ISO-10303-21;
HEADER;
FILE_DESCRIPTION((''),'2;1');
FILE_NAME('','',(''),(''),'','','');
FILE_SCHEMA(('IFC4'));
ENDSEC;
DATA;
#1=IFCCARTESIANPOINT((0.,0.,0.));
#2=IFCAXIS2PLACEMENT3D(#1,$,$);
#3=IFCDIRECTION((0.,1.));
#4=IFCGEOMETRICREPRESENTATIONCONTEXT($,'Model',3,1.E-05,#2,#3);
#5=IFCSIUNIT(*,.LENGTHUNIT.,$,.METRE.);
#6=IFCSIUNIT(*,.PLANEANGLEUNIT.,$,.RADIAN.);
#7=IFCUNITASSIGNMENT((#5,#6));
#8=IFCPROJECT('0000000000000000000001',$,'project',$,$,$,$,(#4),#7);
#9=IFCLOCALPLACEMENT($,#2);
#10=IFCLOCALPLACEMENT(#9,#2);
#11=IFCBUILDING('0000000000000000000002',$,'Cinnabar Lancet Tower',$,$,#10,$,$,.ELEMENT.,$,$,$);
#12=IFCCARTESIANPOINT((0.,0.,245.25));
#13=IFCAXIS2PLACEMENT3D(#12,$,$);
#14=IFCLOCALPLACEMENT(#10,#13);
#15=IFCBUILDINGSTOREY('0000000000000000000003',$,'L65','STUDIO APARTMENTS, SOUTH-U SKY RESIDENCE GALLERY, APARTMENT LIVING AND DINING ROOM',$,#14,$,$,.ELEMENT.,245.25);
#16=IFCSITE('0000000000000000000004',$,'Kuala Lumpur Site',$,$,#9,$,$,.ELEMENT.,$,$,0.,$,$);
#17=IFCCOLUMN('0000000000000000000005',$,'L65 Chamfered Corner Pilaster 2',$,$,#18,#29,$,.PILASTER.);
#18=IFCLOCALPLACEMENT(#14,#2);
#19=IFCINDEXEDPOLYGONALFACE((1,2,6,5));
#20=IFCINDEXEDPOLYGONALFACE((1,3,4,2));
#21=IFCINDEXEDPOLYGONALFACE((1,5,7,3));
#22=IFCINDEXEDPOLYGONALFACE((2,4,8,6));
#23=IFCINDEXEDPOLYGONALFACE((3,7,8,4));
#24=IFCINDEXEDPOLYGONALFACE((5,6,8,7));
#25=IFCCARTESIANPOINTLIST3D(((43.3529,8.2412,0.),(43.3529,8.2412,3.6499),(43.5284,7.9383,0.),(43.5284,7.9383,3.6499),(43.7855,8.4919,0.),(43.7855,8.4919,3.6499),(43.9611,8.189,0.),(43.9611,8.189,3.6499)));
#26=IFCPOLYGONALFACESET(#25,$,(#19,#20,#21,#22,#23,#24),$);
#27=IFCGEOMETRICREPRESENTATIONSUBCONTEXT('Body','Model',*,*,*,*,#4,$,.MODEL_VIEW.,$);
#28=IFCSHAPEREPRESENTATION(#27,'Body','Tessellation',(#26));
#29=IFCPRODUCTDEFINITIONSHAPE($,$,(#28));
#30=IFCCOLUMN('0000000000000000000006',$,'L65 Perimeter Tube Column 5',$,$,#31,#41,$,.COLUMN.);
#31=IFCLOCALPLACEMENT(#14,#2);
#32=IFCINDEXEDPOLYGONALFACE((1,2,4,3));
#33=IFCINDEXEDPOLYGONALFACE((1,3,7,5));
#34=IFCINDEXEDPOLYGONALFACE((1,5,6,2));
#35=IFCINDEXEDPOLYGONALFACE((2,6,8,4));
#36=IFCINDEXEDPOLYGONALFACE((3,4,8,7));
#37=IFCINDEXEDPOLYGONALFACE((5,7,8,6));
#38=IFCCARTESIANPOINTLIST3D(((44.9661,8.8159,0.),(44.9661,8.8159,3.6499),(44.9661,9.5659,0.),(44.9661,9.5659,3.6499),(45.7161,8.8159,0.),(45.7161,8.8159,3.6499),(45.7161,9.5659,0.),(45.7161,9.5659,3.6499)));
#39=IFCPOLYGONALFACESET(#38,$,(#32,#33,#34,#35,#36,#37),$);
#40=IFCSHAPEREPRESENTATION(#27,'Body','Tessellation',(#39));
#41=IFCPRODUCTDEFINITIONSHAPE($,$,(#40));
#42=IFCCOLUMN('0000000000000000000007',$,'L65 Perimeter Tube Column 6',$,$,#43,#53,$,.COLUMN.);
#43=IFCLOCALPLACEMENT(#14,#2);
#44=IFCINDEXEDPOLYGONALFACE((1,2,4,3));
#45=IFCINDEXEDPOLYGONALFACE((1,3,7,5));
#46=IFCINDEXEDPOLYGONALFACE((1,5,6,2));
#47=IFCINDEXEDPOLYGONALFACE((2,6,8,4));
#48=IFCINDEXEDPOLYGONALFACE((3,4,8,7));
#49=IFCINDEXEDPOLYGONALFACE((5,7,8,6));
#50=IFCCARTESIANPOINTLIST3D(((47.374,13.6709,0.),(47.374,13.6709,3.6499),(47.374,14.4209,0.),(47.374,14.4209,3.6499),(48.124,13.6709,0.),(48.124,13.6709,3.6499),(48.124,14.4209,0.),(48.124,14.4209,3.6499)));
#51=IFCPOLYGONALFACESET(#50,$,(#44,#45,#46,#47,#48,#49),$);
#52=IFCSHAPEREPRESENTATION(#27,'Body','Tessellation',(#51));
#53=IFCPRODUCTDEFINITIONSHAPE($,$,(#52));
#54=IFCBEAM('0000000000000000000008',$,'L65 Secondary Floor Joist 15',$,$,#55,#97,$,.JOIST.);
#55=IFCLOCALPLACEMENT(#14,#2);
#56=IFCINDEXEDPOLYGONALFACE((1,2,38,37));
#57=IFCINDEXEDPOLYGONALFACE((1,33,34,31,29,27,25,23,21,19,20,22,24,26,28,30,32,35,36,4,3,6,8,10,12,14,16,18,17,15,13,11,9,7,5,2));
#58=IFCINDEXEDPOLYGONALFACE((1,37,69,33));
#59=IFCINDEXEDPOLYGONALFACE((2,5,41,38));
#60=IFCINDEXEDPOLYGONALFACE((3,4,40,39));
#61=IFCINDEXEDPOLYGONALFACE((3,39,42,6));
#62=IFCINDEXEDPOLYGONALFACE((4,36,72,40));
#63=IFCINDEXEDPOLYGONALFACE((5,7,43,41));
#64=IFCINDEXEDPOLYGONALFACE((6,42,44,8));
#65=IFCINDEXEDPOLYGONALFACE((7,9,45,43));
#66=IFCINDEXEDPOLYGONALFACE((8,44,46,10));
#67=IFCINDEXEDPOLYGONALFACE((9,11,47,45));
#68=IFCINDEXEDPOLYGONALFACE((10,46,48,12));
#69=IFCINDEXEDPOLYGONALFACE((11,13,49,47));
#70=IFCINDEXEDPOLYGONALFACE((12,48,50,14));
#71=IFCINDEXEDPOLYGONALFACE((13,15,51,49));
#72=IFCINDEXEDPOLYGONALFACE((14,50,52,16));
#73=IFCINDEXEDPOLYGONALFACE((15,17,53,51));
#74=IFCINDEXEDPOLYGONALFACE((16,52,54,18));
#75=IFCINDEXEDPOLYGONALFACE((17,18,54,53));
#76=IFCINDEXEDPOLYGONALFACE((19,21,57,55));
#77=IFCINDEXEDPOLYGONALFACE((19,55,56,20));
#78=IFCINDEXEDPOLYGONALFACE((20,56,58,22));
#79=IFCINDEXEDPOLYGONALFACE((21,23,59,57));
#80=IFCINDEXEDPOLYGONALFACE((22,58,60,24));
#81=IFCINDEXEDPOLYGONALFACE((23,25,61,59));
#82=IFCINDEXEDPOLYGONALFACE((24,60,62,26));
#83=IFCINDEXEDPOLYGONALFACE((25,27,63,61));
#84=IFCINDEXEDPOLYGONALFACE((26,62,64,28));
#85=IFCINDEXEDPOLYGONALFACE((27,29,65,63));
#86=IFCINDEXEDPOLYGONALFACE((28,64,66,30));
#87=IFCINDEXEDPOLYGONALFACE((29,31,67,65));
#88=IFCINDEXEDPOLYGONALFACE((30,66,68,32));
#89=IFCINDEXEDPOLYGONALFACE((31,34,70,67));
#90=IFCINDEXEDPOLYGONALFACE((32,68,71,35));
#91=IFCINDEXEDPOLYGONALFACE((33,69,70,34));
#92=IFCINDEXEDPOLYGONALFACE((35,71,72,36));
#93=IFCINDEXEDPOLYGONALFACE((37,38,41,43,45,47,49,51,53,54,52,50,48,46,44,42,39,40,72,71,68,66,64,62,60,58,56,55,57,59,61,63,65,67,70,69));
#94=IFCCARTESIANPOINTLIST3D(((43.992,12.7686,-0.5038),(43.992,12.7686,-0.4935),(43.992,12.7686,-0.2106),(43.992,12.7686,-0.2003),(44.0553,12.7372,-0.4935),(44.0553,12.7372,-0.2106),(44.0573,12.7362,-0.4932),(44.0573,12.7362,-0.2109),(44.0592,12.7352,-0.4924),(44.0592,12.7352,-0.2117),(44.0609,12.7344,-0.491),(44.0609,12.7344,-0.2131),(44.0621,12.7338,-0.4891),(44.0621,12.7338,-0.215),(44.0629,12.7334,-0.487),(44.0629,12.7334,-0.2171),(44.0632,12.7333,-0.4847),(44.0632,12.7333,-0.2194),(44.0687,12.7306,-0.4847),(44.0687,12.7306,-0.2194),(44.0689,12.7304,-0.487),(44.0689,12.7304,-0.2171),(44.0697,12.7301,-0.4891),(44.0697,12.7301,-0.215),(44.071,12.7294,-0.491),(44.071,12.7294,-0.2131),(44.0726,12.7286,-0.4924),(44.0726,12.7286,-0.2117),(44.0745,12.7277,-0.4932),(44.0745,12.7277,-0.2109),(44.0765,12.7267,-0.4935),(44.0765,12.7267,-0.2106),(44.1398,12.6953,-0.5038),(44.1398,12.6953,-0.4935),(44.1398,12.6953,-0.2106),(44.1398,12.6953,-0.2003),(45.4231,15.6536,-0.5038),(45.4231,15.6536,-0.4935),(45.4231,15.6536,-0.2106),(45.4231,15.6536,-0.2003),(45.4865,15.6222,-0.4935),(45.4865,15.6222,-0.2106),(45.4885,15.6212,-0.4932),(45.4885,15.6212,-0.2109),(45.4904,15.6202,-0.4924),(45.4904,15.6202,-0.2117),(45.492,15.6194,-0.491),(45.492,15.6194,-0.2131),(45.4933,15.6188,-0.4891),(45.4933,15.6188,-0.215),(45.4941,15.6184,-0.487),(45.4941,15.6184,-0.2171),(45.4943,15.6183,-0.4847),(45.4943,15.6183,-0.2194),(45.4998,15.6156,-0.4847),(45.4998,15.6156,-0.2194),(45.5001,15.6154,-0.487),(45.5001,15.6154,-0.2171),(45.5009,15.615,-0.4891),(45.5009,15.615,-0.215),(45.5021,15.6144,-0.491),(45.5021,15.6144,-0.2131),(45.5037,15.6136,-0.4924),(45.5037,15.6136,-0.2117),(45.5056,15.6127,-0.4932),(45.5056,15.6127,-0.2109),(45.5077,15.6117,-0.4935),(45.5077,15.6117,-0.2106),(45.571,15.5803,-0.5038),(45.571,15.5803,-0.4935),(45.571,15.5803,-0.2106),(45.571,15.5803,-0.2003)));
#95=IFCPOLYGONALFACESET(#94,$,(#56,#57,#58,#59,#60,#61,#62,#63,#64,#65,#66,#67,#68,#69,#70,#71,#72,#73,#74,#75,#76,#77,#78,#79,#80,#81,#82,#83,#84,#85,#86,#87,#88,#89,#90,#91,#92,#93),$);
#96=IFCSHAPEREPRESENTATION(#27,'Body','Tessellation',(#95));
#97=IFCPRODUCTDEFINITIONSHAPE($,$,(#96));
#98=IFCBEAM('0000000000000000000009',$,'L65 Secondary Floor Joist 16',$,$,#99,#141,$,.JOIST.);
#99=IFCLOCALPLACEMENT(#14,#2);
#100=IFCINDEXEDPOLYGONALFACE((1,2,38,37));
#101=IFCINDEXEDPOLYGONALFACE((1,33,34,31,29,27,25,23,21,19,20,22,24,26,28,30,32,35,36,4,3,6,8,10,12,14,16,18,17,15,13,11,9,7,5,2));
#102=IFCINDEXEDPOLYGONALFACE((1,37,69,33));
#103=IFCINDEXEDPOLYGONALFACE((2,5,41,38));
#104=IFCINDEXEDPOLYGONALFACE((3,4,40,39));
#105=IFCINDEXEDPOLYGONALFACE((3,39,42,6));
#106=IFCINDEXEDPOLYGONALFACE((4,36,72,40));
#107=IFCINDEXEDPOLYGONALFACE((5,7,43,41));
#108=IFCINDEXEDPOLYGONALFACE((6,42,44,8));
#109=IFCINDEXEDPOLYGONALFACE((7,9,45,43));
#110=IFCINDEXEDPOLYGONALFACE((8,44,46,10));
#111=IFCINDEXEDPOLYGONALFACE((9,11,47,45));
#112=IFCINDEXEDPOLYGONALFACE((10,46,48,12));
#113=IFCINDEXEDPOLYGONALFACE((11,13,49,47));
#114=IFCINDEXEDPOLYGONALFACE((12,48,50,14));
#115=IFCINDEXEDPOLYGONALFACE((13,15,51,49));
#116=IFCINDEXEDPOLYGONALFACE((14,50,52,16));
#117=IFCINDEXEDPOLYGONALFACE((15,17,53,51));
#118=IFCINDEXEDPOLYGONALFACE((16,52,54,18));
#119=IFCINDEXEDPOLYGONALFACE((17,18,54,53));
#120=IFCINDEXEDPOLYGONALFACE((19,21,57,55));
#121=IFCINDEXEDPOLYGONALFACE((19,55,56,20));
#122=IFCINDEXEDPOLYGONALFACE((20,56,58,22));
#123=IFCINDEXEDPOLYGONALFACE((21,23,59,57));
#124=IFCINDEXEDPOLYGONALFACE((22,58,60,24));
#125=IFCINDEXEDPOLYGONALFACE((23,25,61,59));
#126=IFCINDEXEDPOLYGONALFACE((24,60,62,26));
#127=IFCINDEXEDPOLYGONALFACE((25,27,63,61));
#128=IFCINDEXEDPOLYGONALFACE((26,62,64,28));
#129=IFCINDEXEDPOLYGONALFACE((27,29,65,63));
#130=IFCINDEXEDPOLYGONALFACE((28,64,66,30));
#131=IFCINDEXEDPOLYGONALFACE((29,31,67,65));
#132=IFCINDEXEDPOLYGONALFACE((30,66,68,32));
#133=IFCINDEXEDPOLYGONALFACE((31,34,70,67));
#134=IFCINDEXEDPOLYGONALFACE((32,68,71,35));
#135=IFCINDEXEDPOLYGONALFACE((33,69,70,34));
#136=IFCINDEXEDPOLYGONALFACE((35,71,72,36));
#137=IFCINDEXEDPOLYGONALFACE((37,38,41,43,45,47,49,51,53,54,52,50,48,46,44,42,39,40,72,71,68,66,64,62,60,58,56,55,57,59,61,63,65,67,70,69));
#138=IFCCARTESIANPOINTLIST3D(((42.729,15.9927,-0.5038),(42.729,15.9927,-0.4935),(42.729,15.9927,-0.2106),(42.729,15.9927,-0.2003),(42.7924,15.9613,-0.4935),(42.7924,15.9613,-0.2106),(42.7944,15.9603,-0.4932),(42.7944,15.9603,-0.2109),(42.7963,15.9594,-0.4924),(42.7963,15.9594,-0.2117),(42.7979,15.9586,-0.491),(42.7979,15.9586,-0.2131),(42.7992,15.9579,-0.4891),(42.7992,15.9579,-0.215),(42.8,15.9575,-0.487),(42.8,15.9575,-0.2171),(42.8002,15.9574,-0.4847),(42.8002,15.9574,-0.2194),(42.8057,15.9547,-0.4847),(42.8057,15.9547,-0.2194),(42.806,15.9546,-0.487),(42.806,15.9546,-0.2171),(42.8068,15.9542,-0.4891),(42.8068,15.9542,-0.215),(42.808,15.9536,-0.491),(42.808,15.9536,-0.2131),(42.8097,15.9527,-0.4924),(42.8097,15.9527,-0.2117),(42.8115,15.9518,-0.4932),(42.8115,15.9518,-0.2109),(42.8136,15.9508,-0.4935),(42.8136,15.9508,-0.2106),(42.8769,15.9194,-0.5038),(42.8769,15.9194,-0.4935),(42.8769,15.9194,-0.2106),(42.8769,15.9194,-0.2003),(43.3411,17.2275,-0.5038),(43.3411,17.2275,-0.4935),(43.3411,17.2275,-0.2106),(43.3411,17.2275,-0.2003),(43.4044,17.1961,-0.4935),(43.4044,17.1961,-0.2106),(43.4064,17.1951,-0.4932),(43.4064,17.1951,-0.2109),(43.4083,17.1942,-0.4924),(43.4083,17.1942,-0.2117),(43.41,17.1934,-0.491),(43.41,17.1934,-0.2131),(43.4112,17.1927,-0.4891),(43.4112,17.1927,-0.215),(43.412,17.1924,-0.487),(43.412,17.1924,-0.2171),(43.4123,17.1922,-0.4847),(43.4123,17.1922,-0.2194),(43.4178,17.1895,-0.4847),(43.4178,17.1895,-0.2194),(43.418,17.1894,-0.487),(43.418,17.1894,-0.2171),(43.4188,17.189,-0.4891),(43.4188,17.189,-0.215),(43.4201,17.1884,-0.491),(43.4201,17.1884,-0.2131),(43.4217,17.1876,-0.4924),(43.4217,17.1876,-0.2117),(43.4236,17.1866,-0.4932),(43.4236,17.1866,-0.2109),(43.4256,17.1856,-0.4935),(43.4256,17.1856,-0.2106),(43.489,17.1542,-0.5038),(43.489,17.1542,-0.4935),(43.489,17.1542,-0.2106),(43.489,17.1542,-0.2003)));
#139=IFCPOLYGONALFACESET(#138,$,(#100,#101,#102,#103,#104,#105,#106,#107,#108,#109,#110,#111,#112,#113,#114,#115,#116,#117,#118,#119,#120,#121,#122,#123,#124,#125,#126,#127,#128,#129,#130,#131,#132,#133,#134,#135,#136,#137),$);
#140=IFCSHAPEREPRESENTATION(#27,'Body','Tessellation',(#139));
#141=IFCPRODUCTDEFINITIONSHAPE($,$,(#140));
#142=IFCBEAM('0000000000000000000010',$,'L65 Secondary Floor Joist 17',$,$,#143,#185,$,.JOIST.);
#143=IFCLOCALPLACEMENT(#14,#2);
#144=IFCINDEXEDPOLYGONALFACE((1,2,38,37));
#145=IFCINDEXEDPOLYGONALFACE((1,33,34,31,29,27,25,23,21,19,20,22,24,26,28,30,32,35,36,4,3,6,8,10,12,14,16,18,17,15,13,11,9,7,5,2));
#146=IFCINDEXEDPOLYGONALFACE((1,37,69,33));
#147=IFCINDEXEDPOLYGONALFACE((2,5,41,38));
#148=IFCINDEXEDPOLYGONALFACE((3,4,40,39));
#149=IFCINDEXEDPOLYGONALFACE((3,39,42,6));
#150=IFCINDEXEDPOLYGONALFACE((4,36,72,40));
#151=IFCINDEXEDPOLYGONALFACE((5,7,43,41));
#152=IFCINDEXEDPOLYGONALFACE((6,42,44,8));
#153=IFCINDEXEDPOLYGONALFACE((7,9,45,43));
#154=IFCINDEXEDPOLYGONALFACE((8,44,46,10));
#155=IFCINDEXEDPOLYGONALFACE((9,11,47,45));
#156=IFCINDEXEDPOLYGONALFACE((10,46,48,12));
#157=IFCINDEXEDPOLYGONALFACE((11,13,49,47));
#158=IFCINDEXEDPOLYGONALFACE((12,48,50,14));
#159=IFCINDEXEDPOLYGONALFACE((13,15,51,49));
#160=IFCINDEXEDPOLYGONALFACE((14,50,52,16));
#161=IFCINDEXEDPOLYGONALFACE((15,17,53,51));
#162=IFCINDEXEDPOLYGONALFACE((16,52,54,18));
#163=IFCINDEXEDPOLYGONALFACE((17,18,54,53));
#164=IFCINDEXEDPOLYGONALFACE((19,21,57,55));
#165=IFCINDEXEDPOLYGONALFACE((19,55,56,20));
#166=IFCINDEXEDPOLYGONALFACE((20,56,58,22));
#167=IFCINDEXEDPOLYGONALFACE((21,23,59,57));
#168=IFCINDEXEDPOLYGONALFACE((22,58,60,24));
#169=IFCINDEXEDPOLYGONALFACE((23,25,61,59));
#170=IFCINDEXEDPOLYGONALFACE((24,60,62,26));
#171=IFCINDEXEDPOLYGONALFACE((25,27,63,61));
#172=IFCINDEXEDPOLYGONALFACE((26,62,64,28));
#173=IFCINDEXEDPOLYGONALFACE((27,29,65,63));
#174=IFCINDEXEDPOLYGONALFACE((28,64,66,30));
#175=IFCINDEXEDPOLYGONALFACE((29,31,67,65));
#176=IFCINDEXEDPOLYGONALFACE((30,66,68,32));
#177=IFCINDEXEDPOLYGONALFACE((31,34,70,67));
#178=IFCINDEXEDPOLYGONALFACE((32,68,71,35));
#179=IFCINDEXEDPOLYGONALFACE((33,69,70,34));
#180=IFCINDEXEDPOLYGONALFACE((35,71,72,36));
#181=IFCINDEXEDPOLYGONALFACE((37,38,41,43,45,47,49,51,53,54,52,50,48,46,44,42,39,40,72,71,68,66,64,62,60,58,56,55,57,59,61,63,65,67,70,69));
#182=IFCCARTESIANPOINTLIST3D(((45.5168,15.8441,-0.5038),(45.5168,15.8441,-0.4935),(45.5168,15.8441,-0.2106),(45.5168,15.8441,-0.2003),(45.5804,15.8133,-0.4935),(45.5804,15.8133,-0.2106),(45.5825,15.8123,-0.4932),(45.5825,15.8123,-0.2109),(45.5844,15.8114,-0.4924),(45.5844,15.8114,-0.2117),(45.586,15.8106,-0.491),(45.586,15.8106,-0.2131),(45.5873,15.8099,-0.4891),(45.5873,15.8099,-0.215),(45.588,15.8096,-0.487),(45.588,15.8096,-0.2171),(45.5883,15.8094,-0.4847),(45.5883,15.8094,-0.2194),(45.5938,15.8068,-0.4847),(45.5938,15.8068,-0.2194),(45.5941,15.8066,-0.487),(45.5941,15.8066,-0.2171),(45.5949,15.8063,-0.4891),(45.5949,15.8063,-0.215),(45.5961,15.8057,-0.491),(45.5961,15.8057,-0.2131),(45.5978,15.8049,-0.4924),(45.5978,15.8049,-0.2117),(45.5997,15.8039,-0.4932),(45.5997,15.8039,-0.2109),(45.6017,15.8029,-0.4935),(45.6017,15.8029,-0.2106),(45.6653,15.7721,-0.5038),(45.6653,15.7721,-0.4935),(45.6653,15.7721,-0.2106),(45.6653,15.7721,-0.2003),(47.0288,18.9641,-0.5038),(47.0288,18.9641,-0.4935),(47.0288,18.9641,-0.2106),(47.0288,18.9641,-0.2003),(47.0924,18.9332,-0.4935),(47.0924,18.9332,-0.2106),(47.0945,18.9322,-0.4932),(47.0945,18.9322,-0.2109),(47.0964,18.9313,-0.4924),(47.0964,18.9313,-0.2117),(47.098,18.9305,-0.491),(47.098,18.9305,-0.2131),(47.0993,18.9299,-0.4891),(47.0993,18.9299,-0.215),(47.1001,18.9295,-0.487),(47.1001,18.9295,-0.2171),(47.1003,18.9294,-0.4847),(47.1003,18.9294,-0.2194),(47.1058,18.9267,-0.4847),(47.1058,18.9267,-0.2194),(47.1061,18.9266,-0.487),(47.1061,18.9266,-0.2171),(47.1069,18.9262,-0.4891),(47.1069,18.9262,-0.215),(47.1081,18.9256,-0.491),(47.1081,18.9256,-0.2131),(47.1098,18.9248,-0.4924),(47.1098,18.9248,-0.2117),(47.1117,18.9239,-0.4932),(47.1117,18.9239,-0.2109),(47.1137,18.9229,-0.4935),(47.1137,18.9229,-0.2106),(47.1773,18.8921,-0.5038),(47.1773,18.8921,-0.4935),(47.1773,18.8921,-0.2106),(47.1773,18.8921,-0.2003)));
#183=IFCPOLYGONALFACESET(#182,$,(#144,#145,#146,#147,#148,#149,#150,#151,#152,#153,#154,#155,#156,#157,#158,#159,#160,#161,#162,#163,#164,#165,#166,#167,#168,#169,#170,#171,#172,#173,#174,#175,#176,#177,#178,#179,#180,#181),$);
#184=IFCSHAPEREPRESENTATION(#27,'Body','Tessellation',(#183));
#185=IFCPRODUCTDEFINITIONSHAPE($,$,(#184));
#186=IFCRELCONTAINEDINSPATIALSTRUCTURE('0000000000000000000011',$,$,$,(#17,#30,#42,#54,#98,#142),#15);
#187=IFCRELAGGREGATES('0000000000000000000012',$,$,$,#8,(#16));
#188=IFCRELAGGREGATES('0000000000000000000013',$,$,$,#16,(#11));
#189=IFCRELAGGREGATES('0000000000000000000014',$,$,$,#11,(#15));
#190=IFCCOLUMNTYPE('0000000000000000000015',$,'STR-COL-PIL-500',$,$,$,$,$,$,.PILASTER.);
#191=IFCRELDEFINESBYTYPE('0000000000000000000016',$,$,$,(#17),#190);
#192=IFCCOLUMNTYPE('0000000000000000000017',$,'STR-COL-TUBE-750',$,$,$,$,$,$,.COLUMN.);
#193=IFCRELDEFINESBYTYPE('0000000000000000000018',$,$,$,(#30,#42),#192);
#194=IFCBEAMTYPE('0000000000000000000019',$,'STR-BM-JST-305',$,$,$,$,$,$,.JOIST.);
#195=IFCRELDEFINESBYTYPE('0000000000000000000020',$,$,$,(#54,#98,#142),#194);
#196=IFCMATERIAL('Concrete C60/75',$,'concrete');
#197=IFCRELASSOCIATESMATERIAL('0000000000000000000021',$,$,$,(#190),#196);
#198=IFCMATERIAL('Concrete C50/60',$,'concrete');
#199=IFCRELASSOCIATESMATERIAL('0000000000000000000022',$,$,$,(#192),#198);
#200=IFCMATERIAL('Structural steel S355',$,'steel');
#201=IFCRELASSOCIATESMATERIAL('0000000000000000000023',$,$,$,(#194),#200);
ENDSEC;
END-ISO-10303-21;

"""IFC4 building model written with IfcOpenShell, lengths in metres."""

from ifc_helpers import new_model, si_unit, direction, frame, origin, origin_2d, place, context, subcontext, project, spatial, rectangle, i_section, extrude, material, material_profile, profile_set, type_object, element, save


model = new_model("IFC4")

# Units and contexts
model_context = context("Model", 3, precision=1e-05, world=origin(), true_north=direction((0.0, 1.0)))
body_context = subcontext(model_context, "Body", "Model", "MODEL_VIEW")
ifc_project = project(units=[si_unit("LENGTHUNIT", "METRE"), si_unit("PLANEANGLEUNIT", "RADIAN")], contexts=[model_context])

# Site, building, storey
site_placement = place(None, origin())
site = spatial("IfcSite", under=ifc_project, at=site_placement, Name="Kuala Lumpur Site", CompositionType="ELEMENT", RefElevation=0.0)
building_placement = place(site_placement, origin())
building = spatial("IfcBuilding", under=site, at=building_placement, Name="Cinnabar Lancet Tower", CompositionType="ELEMENT")
storey_placement = place(building_placement, frame((0.0, 0.0, 245.25)))
storey = spatial("IfcBuildingStorey", under=building, at=storey_placement, Name="L65", Description="STUDIO APARTMENTS, SOUTH-U SKY RESIDENCE GALLERY, APARTMENT LIVING AND DINING ROOM", CompositionType="ELEMENT", Elevation=245.25)

# Columns
ifc_material_1 = material(Name="Concrete C60/75", Category="concrete")
ifc_material_profile_1 = material_profile(ifc_material_1, rectangle(XDim=0.5, YDim=0.3501, at=origin_2d()), Name="RC-PIL 500x350")
ifc_profile_set_1 = profile_set([ifc_material_profile_1], Name="Concrete C60/75")
column_type_1 = type_object("IfcColumnType", Name="STR-COL-PIL-500", PredefinedType="PILASTER", material=ifc_profile_set_1)
column_placement = place(storey_placement, frame((43.657, 8.2151, 0.0), z_axis=(0.0, 0.0, 1.0), x_axis=(0.865256, 0.50133, 0.0)))
element("IfcColumn", 1, at=column_placement, inside=storey, type_object=column_type_1, Name="L65 Chamfered Corner Pilaster 2", PredefinedType="PILASTER", context=body_context, shape_type="SweptSolid", body=[
    extrude(rectangle(XDim=0.5, YDim=0.3501, at=origin_2d()), origin(), (0.0, 0.0, 1.0), 3.6499),
])
ifc_material_2 = material(Name="Concrete C50/60", Category="concrete")
ifc_material_profile_2 = material_profile(ifc_material_2, rectangle(XDim=0.75, YDim=0.75, at=origin_2d()), Name="RC-COL 750x750")
ifc_profile_set_2 = profile_set([ifc_material_profile_2], Name="Concrete C50/60")
column_type_2 = type_object("IfcColumnType", Name="STR-COL-TUBE-750", PredefinedType="COLUMN", material=ifc_profile_set_2)
for number, where, z_axis, x_axis, name in (
    (2, (45.3411, 9.1909, 0.0), (0.0, 0.0, 1.0), (1.0, 0.0, 0.0), "L65 Perimeter Tube Column 5"),
    (3, (47.749, 14.0459, 0.0), (0.0, 0.0, 1.0), (1.0, 0.0, 0.0), "L65 Perimeter Tube Column 6"),
):
    element("IfcColumn", number, at=place(storey_placement, frame(where, z_axis=z_axis, x_axis=x_axis)), inside=storey, type_object=column_type_2, Name=name, PredefinedType="COLUMN", context=body_context, shape_type="SweptSolid", body=[
        extrude(rectangle(XDim=0.75, YDim=0.75, at=origin_2d()), origin(), (0.0, 0.0, 1.0), 3.6499),
    ])

# Beams
ifc_material_3 = material(Name="Structural steel S355", Category="steel")
ifc_material_profile_3 = material_profile(ifc_material_3, i_section(OverallWidth=0.165, OverallDepth=0.3035, WebThickness=0.0061, FlangeThickness=0.0103, FilletRadius=0.0088, at=origin_2d()), Name="UKB 305x165x40")
ifc_profile_set_3 = profile_set([ifc_material_profile_3], Name="Structural steel S355")
beam_type_1 = type_object("IfcBeamType", Name="STR-BM-JST-305", PredefinedType="JOIST", material=ifc_profile_set_3)
beam_1_placement = place(storey_placement, frame((44.0659, 12.7319, -0.3521), z_axis=(0.444391, 0.895833, 0.0), x_axis=(-0.895833, 0.444391, 0.0)))
element("IfcBeam", 4, at=beam_1_placement, inside=storey, type_object=beam_type_1, Name="L65 Secondary Floor Joist 15", PredefinedType="JOIST", context=body_context, shape_type="SweptSolid", body=[
    extrude(i_section(OverallWidth=0.165, OverallDepth=0.3035, WebThickness=0.0061, FlangeThickness=0.0103, FilletRadius=0.0088, at=origin_2d()), origin(), (0.0, 0.0, 1.0), 3.2205),
])
beam_2_placement = place(storey_placement, frame((42.803, 15.9561, -0.3521), z_axis=(0.444093, 0.895981, 0.0), x_axis=(-0.895981, 0.444093, 0.0)))
element("IfcBeam", 5, at=beam_2_placement, inside=storey, type_object=beam_type_1, Name="L65 Secondary Floor Joist 16", PredefinedType="JOIST", context=body_context, shape_type="SweptSolid", body=[
    extrude(i_section(OverallWidth=0.165, OverallDepth=0.3035, WebThickness=0.0061, FlangeThickness=0.0103, FilletRadius=0.0088, at=origin_2d()), origin(), (0.0, 0.0, 1.0), 1.3782),
])
beam_3_placement = place(storey_placement, frame((45.5911, 15.8081, -0.3521), z_axis=(0.436109, 0.899894, 0.0), x_axis=(-0.899894, 0.436109, 0.0)))
element("IfcBeam", 6, at=beam_3_placement, inside=storey, type_object=beam_type_1, Name="L65 Secondary Floor Joist 17", PredefinedType="JOIST", context=body_context, shape_type="SweptSolid", body=[
    extrude(i_section(OverallWidth=0.165, OverallDepth=0.3035, WebThickness=0.0061, FlangeThickness=0.0103, FilletRadius=0.0088, at=origin_2d()), origin(), (0.0, 0.0, 1.0), 3.467),
])

save(model, "model.ifc")
